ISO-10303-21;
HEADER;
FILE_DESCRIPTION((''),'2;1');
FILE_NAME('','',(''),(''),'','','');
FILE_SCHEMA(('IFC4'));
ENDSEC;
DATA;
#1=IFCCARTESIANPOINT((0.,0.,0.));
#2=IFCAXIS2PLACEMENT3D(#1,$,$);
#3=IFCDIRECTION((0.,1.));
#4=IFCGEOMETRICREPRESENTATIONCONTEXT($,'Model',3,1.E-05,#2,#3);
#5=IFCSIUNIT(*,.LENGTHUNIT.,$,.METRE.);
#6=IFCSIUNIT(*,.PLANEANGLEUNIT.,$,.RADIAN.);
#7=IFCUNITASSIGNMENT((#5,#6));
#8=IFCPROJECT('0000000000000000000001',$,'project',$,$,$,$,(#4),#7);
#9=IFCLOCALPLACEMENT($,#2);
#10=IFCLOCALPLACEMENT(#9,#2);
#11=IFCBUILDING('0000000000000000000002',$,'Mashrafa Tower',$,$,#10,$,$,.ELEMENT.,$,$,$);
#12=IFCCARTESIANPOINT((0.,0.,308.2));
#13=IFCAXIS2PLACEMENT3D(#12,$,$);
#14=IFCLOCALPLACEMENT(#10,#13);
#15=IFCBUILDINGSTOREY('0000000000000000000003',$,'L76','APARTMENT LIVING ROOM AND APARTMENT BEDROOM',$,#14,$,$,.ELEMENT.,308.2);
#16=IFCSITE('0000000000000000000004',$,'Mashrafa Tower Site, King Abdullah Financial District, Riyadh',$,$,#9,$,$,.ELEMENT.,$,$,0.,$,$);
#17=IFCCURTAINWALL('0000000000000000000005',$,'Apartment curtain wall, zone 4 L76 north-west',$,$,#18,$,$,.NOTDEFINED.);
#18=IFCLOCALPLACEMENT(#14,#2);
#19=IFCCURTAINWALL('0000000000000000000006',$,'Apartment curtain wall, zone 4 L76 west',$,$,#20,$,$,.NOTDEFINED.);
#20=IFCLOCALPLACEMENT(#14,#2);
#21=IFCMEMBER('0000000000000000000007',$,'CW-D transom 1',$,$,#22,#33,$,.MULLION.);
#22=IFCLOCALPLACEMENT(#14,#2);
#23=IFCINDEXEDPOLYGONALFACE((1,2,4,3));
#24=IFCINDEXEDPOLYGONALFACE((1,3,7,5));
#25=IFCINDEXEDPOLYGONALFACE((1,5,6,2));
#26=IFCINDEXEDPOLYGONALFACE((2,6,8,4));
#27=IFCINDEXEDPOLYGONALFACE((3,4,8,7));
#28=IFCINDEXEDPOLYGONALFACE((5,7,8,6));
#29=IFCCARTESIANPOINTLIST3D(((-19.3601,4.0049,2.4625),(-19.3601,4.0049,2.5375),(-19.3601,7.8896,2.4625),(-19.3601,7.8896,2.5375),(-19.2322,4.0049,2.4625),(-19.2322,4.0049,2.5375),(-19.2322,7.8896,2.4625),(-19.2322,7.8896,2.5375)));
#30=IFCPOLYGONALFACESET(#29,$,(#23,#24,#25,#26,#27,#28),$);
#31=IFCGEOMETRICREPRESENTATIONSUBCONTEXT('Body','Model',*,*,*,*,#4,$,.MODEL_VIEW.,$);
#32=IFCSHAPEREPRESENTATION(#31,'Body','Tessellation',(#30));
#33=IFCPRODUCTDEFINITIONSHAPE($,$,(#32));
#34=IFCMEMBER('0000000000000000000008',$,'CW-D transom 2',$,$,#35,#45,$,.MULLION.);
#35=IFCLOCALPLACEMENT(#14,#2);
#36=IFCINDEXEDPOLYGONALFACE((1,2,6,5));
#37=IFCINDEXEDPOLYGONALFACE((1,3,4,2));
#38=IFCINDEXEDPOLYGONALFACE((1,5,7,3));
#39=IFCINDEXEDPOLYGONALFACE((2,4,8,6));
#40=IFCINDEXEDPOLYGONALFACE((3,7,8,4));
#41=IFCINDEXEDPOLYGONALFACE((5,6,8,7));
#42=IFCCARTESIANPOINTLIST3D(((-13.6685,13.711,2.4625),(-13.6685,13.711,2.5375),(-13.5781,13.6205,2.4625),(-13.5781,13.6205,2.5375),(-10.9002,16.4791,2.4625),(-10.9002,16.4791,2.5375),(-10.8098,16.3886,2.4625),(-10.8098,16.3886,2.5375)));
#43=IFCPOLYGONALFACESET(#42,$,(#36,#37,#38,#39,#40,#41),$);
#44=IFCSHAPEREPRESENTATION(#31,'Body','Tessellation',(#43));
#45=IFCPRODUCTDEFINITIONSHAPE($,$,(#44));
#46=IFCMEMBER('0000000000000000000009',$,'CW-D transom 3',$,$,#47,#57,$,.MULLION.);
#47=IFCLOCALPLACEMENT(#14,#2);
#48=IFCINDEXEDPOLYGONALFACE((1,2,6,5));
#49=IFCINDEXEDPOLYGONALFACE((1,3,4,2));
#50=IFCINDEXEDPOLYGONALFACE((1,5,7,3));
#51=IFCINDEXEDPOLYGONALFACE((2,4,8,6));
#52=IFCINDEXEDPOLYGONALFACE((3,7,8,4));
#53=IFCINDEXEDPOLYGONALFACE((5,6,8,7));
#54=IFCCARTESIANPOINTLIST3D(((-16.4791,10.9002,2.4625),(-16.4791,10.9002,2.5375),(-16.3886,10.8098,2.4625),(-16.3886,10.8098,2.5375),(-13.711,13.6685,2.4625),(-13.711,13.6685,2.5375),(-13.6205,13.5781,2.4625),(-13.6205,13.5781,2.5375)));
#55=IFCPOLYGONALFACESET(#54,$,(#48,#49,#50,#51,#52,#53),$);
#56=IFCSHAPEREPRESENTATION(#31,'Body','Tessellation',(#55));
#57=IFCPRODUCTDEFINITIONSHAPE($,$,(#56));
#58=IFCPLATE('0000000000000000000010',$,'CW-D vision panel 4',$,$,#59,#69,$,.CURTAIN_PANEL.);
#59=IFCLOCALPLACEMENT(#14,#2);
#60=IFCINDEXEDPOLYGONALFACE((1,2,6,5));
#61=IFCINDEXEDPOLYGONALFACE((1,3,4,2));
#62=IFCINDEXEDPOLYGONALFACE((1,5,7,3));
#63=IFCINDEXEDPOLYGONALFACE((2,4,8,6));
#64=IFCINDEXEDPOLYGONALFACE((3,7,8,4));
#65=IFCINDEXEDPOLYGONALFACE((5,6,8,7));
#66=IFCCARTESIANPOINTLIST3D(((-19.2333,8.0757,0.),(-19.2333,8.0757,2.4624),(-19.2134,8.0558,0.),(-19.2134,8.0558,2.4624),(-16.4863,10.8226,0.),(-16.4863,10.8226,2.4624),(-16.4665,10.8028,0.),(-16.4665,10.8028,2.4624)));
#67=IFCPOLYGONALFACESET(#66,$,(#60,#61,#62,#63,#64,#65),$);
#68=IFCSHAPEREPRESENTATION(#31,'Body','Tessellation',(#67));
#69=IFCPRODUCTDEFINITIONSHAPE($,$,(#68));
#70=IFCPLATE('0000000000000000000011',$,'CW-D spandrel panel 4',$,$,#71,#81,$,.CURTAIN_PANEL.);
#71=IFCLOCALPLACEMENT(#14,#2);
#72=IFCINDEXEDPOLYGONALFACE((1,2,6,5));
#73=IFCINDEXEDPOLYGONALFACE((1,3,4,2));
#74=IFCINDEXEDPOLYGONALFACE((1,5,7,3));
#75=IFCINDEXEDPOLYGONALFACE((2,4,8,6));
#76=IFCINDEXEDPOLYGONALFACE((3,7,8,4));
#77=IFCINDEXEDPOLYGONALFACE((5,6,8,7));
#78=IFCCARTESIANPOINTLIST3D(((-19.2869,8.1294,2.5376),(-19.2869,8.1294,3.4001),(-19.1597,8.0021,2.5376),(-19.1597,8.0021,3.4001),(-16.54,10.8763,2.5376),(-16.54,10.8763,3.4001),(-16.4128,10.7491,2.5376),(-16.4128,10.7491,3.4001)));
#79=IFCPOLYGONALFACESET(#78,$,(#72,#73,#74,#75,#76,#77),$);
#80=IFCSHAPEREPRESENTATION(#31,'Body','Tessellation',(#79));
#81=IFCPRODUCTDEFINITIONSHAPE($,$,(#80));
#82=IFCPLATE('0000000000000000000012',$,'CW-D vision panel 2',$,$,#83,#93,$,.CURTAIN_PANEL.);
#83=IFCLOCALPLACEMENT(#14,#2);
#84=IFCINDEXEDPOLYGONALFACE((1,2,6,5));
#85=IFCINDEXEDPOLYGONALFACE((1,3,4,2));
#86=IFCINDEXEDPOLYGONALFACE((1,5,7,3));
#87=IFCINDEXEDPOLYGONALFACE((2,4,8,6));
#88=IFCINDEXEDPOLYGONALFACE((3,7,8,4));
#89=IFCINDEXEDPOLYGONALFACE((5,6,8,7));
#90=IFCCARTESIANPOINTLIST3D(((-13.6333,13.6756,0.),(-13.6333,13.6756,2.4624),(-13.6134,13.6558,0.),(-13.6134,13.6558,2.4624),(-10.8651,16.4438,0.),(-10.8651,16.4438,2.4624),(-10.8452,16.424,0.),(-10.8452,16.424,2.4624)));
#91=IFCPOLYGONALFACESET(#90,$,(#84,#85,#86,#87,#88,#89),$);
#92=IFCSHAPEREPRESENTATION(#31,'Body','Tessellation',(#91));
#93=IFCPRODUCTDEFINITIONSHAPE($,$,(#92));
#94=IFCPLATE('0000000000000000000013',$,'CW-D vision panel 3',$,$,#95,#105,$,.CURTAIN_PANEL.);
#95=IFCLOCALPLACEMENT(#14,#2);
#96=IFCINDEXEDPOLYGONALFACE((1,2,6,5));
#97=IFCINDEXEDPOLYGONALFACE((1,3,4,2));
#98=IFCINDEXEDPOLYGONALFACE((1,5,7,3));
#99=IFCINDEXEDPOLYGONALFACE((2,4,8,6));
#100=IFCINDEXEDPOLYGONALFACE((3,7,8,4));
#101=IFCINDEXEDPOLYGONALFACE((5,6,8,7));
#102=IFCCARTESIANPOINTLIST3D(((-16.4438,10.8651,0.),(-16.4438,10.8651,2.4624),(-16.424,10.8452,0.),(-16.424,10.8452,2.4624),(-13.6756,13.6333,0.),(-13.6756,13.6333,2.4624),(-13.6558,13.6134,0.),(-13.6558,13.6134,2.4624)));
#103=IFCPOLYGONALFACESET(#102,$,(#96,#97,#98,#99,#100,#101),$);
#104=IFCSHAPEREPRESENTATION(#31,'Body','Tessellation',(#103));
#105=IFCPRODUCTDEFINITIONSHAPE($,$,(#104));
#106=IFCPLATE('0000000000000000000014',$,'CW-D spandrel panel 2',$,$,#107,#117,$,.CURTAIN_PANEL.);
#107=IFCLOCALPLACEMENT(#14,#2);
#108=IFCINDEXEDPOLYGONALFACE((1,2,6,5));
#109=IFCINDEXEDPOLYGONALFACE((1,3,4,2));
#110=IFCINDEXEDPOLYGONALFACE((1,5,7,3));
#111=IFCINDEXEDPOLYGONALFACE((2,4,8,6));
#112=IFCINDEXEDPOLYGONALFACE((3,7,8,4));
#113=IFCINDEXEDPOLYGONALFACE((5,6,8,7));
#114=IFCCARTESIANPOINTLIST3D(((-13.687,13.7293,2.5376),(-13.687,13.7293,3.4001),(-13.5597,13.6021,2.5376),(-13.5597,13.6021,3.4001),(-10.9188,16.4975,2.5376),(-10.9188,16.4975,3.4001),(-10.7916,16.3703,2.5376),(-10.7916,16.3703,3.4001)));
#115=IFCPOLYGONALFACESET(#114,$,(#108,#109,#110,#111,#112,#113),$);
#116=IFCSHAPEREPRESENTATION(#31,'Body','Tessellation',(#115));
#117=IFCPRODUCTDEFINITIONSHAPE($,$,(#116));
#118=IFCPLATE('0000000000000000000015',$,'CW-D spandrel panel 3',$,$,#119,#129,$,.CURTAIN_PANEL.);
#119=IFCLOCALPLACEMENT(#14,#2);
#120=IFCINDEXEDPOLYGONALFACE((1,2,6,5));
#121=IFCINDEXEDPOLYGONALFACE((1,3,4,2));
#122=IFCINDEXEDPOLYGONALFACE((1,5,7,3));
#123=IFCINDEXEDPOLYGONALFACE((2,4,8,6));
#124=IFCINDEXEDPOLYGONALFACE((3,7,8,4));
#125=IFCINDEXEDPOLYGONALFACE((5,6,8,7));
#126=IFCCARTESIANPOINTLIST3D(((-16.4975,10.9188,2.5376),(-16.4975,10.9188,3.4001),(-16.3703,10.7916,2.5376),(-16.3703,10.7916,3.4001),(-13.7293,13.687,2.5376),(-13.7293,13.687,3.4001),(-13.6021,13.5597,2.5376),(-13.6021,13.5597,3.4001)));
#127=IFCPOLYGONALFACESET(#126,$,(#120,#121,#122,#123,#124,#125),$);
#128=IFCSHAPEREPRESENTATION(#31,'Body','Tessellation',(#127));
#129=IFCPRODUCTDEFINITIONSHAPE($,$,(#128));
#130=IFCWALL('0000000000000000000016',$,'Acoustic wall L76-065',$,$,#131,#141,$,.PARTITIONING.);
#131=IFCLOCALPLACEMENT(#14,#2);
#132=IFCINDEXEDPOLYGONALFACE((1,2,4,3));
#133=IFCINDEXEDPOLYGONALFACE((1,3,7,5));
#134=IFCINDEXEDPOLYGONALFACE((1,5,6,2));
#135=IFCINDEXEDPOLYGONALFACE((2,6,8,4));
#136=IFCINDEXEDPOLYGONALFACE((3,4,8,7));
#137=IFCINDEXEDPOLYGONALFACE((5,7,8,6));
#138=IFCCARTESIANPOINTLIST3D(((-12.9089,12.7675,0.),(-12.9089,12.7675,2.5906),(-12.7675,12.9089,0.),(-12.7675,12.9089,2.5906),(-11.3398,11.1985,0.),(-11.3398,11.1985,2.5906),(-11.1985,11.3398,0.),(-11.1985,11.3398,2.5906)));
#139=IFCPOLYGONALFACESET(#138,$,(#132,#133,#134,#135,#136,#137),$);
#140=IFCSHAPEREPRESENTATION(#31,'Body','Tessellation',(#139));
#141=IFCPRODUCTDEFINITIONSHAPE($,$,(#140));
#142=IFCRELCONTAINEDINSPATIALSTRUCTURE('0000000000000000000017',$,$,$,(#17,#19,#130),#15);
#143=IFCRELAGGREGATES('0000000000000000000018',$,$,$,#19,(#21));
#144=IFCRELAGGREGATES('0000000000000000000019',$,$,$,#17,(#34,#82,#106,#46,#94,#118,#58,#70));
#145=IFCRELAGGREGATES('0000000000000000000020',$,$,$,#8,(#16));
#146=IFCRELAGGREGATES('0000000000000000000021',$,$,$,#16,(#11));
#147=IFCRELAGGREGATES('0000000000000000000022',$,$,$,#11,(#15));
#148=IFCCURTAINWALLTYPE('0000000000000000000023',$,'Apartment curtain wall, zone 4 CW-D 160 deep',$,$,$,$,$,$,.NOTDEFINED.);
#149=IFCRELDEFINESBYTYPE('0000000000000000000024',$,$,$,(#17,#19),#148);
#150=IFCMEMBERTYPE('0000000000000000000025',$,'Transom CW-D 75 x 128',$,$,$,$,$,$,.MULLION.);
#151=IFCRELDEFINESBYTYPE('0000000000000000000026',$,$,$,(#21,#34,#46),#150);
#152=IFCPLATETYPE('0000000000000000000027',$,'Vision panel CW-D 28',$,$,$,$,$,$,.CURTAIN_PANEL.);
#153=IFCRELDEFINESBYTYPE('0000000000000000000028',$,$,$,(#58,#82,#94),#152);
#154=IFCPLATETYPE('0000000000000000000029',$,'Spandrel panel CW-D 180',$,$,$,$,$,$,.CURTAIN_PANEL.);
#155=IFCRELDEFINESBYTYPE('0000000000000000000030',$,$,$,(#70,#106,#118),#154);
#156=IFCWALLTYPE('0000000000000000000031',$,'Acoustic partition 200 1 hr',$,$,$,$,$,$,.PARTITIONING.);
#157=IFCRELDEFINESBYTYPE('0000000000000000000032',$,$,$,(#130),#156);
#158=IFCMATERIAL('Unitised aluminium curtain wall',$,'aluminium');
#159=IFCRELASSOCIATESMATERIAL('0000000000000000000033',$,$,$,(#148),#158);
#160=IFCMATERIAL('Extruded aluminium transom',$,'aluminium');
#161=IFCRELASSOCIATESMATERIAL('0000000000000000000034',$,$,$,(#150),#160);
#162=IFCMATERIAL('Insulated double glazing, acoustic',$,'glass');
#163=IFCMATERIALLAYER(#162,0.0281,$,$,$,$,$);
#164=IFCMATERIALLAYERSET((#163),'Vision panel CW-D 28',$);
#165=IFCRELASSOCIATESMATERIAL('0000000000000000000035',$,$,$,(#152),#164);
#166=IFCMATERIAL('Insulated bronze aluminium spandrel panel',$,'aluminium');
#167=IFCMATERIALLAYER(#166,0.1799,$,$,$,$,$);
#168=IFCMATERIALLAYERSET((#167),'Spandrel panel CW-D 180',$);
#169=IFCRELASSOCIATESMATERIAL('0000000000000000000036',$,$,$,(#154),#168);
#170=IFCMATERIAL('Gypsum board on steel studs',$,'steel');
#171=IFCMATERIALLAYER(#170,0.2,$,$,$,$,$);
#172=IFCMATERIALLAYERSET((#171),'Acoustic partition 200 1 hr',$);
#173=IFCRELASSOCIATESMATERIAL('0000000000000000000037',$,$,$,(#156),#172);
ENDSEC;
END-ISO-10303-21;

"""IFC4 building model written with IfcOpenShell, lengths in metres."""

from ifc_helpers import new_model, si_unit, direction, frame, frame_2d, origin, origin_2d, place, context, subcontext, project, spatial, rectangle, extrude, source, transform, mapped, material, layer, layer_set, material_profile, profile_set, type_object, type_shapes, element, aggregate, save


model = new_model("IFC4")

# Units and contexts
model_context = context("Model", 3, precision=1e-05, world=origin(), true_north=direction((0.0, 1.0)))
body_context = subcontext(model_context, "Body", "Model", "MODEL_VIEW")
ifc_project = project(units=[si_unit("LENGTHUNIT", "METRE"), si_unit("PLANEANGLEUNIT", "RADIAN")], contexts=[model_context])

# Site, building, storey
site_placement = place(None, origin())
site = spatial("IfcSite", under=ifc_project, at=site_placement, Name="Mashrafa Tower Site, King Abdullah Financial District, Riyadh", CompositionType="ELEMENT", RefElevation=0.0)
building_placement = place(site_placement, origin())
building = spatial("IfcBuilding", under=site, at=building_placement, Name="Mashrafa Tower", CompositionType="ELEMENT")
storey_placement = place(building_placement, frame((0.0, 0.0, 308.2)))
storey = spatial("IfcBuildingStorey", under=building, at=storey_placement, Name="L76", Description="APARTMENT LIVING ROOM AND APARTMENT BEDROOM", CompositionType="ELEMENT", Elevation=308.2)

# Curtain wall
ifc_material_1 = material(Name="Unitised aluminium curtain wall", Category="aluminium")
curtain_wall_type = type_object("IfcCurtainWallType", Name="Apartment curtain wall, zone 4 CW-D 160 deep", PredefinedType="NOTDEFINED", material=ifc_material_1)
curtain_wall_1_placement = place(storey_placement, origin())
curtain_wall_1 = element("IfcCurtainWall", 1, at=curtain_wall_1_placement, inside=storey, type_object=curtain_wall_type, Name="Apartment curtain wall, zone 4 L76 north-west", PredefinedType="NOTDEFINED")

# Curtain wall
curtain_wall_2_placement = place(storey_placement, origin())
curtain_wall_2 = element("IfcCurtainWall", 2, at=curtain_wall_2_placement, inside=storey, type_object=curtain_wall_type, Name="Apartment curtain wall, zone 4 L76 west", PredefinedType="NOTDEFINED")

# Members
ifc_material_2 = material(Name="Extruded aluminium transom", Category="aluminium")
ifc_material_profile_1 = material_profile(ifc_material_2, rectangle(XDim=0.1279, YDim=0.075, at=origin_2d()), Name="Transom 75x128")
ifc_profile_set_1 = profile_set([ifc_material_profile_1], Name="Extruded aluminium transom")
member_type_1 = type_object("IfcMemberType", Name="Transom CW-D 75 x 128", PredefinedType="MULLION", material=ifc_profile_set_1)
shared_shape_1 = source(origin(), body_context, "Body", "SweptSolid", [
    extrude(rectangle(XDim=0.1279, YDim=0.075, at=origin_2d()), origin(), (0.0, 0.0, 1.0), 3.8848),
])
member_1_placement = place(storey_placement, frame((-19.2961, 7.8896, 2.5), z_axis=(0.0, -1.0, 0.0), x_axis=(1.0, 0.0, 0.0)))
member_1 = element("IfcMember", 3, at=member_1_placement, type_object=member_type_1, Name="CW-D transom 1", PredefinedType="MULLION", context=body_context, shape_type="MappedRepresentation", body=[
    mapped(shared_shape_1, transform((0.0, 0.0, 0.0))),
])
aggregate(curtain_wall_2, [member_1])
shared_shape_2 = source(origin(), body_context, "Body", "SweptSolid", [
    extrude(rectangle(XDim=0.1279, YDim=0.075, at=origin_2d()), origin(), (0.0, 0.0, 1.0), 3.9148),
])
type_shapes(member_type_1, [shared_shape_1, shared_shape_2])
member_2_placement = place(storey_placement, frame((-10.855, 16.4338, 2.5), z_axis=(-0.707138, -0.707076, 0.0), x_axis=(0.707076, -0.707138, 0.0)))
member_2 = element("IfcMember", 4, at=member_2_placement, type_object=member_type_1, Name="CW-D transom 2", PredefinedType="MULLION", context=body_context, shape_type="MappedRepresentation", body=[
    mapped(shared_shape_2, transform((0.0, 0.0, 0.0))),
])
member_3_placement = place(storey_placement, frame((-13.6658, 13.6233, 2.5), z_axis=(-0.707076, -0.707138, 0.0), x_axis=(0.707138, -0.707076, 0.0)))
member_3 = element("IfcMember", 5, at=member_3_placement, type_object=member_type_1, Name="CW-D transom 3", PredefinedType="MULLION", context=body_context, shape_type="MappedRepresentation", body=[
    mapped(shared_shape_2, transform((0.0, 0.0, 0.0))),
])

# Plates
ifc_material_3 = material(Name="Insulated double glazing, acoustic", Category="glass")
ifc_layer_1 = layer(ifc_material_3, 0.0281)
ifc_layer_set_1 = layer_set([ifc_layer_1], Name="Vision panel CW-D 28")
plate_type_1 = type_object("IfcPlateType", Name="Vision panel CW-D 28", PredefinedType="CURTAIN_PANEL", material=ifc_layer_set_1)
shared_shape_3 = source(origin(), body_context, "Body", "SweptSolid", [
    extrude(rectangle(XDim=3.8848, YDim=0.0281, at=origin_2d()), origin(), (0.0, 0.0, 1.0), 2.4624),
])
plate_1_placement = place(storey_placement, frame((-17.8499, 9.4392, 0.0), z_axis=(0.0, 0.0, 1.0), x_axis=(-0.707107, -0.707107, 0.0)))
plate_1 = element("IfcPlate", 6, at=plate_1_placement, type_object=plate_type_1, Name="CW-D vision panel 4", PredefinedType="CURTAIN_PANEL", context=body_context, shape_type="MappedRepresentation", body=[
    mapped(shared_shape_3, transform((0.0, 0.0, 0.0))),
])
ifc_material_4 = material(Name="Insulated bronze aluminium spandrel panel", Category="aluminium")
ifc_layer_2 = layer(ifc_material_4, 0.1799)
ifc_layer_set_2 = layer_set([ifc_layer_2], Name="Spandrel panel CW-D 180")
plate_type_2 = type_object("IfcPlateType", Name="Spandrel panel CW-D 180", PredefinedType="CURTAIN_PANEL", material=ifc_layer_set_2)
shared_shape_4 = source(origin(), body_context, "Body", "SweptSolid", [
    extrude(rectangle(XDim=3.8848, YDim=0.1799, at=origin_2d()), origin(), (0.0, 0.0, 1.0), 0.8625),
])
plate_2_placement = place(storey_placement, frame((-17.8499, 9.4392, 2.5376), z_axis=(0.0, 0.0, 1.0), x_axis=(-0.707107, -0.707107, 0.0)))
plate_2 = element("IfcPlate", 7, at=plate_2_placement, type_object=plate_type_2, Name="CW-D spandrel panel 4", PredefinedType="CURTAIN_PANEL", context=body_context, shape_type="MappedRepresentation", body=[
    mapped(shared_shape_4, transform((0.0, 0.0, 0.0))),
])
shared_shape_5 = source(origin(), body_context, "Body", "SweptSolid", [
    extrude(rectangle(XDim=3.9148, YDim=0.0281, at=origin_2d()), origin(), (0.0, 0.0, 1.0), 2.4624),
])
type_shapes(plate_type_1, [shared_shape_3, shared_shape_5])
plate_3_placement = place(storey_placement, frame((-12.2393, 15.0498, 0.0), z_axis=(0.0, 0.0, 1.0), x_axis=(-0.707107, -0.707107, 0.0)))
plate_3 = element("IfcPlate", 8, at=plate_3_placement, type_object=plate_type_1, Name="CW-D vision panel 2", PredefinedType="CURTAIN_PANEL", context=body_context, shape_type="MappedRepresentation", body=[
    mapped(shared_shape_5, transform((0.0, 0.0, 0.0))),
])
plate_4_placement = place(storey_placement, frame((-15.0498, 12.2393, 0.0), z_axis=(0.0, 0.0, 1.0), x_axis=(-0.707107, -0.707107, 0.0)))
plate_4 = element("IfcPlate", 9, at=plate_4_placement, type_object=plate_type_1, Name="CW-D vision panel 3", PredefinedType="CURTAIN_PANEL", context=body_context, shape_type="MappedRepresentation", body=[
    mapped(shared_shape_5, transform((0.0, 0.0, 0.0))),
])
shared_shape_6 = source(origin(), body_context, "Body", "SweptSolid", [
    extrude(rectangle(XDim=3.9148, YDim=0.1799, at=origin_2d()), origin(), (0.0, 0.0, 1.0), 0.8625),
])
type_shapes(plate_type_2, [shared_shape_4, shared_shape_6])
plate_5_placement = place(storey_placement, frame((-12.2393, 15.0498, 2.5376), z_axis=(0.0, 0.0, 1.0), x_axis=(-0.707107, -0.707107, 0.0)))
plate_5 = element("IfcPlate", 10, at=plate_5_placement, type_object=plate_type_2, Name="CW-D spandrel panel 2", PredefinedType="CURTAIN_PANEL", context=body_context, shape_type="MappedRepresentation", body=[
    mapped(shared_shape_6, transform((0.0, 0.0, 0.0))),
])
plate_6_placement = place(storey_placement, frame((-15.0498, 12.2393, 2.5376), z_axis=(0.0, 0.0, 1.0), x_axis=(-0.707107, -0.707107, 0.0)))
plate_6 = element("IfcPlate", 11, at=plate_6_placement, type_object=plate_type_2, Name="CW-D spandrel panel 3", PredefinedType="CURTAIN_PANEL", context=body_context, shape_type="MappedRepresentation", body=[
    mapped(shared_shape_6, transform((0.0, 0.0, 0.0))),
])
aggregate(curtain_wall_1, [member_2, plate_3, plate_5, member_3, plate_4, plate_6, plate_1, plate_2])

# Wall
ifc_material_5 = material(Name="Gypsum board on steel studs", Category="steel")
ifc_layer_3 = layer(ifc_material_5, 0.2)
ifc_layer_set_3 = layer_set([ifc_layer_3], Name="Acoustic partition 200 1 hr")
wall_type_1 = type_object("IfcWallType", Name="Acoustic partition 200 1 hr", PredefinedType="PARTITIONING", material=ifc_layer_set_3)
wall_1_placement = place(storey_placement, frame((-12.8381, 12.8381, 0.0), z_axis=(0.0, 0.0, 1.0), x_axis=(0.707107, -0.707107, 0.0)))
element("IfcWall", 12, at=wall_1_placement, inside=storey, type_object=wall_type_1, Name="Acoustic wall L76-065", PredefinedType="PARTITIONING", context=body_context, shape_type="SweptSolid", body=[
    extrude(rectangle(XDim=2.219, YDim=0.2, at=frame_2d((1.1094, 0.0))), origin(), (0.0, 0.0, 1.0), 2.5906),
])

save(model, "model.ifc")
